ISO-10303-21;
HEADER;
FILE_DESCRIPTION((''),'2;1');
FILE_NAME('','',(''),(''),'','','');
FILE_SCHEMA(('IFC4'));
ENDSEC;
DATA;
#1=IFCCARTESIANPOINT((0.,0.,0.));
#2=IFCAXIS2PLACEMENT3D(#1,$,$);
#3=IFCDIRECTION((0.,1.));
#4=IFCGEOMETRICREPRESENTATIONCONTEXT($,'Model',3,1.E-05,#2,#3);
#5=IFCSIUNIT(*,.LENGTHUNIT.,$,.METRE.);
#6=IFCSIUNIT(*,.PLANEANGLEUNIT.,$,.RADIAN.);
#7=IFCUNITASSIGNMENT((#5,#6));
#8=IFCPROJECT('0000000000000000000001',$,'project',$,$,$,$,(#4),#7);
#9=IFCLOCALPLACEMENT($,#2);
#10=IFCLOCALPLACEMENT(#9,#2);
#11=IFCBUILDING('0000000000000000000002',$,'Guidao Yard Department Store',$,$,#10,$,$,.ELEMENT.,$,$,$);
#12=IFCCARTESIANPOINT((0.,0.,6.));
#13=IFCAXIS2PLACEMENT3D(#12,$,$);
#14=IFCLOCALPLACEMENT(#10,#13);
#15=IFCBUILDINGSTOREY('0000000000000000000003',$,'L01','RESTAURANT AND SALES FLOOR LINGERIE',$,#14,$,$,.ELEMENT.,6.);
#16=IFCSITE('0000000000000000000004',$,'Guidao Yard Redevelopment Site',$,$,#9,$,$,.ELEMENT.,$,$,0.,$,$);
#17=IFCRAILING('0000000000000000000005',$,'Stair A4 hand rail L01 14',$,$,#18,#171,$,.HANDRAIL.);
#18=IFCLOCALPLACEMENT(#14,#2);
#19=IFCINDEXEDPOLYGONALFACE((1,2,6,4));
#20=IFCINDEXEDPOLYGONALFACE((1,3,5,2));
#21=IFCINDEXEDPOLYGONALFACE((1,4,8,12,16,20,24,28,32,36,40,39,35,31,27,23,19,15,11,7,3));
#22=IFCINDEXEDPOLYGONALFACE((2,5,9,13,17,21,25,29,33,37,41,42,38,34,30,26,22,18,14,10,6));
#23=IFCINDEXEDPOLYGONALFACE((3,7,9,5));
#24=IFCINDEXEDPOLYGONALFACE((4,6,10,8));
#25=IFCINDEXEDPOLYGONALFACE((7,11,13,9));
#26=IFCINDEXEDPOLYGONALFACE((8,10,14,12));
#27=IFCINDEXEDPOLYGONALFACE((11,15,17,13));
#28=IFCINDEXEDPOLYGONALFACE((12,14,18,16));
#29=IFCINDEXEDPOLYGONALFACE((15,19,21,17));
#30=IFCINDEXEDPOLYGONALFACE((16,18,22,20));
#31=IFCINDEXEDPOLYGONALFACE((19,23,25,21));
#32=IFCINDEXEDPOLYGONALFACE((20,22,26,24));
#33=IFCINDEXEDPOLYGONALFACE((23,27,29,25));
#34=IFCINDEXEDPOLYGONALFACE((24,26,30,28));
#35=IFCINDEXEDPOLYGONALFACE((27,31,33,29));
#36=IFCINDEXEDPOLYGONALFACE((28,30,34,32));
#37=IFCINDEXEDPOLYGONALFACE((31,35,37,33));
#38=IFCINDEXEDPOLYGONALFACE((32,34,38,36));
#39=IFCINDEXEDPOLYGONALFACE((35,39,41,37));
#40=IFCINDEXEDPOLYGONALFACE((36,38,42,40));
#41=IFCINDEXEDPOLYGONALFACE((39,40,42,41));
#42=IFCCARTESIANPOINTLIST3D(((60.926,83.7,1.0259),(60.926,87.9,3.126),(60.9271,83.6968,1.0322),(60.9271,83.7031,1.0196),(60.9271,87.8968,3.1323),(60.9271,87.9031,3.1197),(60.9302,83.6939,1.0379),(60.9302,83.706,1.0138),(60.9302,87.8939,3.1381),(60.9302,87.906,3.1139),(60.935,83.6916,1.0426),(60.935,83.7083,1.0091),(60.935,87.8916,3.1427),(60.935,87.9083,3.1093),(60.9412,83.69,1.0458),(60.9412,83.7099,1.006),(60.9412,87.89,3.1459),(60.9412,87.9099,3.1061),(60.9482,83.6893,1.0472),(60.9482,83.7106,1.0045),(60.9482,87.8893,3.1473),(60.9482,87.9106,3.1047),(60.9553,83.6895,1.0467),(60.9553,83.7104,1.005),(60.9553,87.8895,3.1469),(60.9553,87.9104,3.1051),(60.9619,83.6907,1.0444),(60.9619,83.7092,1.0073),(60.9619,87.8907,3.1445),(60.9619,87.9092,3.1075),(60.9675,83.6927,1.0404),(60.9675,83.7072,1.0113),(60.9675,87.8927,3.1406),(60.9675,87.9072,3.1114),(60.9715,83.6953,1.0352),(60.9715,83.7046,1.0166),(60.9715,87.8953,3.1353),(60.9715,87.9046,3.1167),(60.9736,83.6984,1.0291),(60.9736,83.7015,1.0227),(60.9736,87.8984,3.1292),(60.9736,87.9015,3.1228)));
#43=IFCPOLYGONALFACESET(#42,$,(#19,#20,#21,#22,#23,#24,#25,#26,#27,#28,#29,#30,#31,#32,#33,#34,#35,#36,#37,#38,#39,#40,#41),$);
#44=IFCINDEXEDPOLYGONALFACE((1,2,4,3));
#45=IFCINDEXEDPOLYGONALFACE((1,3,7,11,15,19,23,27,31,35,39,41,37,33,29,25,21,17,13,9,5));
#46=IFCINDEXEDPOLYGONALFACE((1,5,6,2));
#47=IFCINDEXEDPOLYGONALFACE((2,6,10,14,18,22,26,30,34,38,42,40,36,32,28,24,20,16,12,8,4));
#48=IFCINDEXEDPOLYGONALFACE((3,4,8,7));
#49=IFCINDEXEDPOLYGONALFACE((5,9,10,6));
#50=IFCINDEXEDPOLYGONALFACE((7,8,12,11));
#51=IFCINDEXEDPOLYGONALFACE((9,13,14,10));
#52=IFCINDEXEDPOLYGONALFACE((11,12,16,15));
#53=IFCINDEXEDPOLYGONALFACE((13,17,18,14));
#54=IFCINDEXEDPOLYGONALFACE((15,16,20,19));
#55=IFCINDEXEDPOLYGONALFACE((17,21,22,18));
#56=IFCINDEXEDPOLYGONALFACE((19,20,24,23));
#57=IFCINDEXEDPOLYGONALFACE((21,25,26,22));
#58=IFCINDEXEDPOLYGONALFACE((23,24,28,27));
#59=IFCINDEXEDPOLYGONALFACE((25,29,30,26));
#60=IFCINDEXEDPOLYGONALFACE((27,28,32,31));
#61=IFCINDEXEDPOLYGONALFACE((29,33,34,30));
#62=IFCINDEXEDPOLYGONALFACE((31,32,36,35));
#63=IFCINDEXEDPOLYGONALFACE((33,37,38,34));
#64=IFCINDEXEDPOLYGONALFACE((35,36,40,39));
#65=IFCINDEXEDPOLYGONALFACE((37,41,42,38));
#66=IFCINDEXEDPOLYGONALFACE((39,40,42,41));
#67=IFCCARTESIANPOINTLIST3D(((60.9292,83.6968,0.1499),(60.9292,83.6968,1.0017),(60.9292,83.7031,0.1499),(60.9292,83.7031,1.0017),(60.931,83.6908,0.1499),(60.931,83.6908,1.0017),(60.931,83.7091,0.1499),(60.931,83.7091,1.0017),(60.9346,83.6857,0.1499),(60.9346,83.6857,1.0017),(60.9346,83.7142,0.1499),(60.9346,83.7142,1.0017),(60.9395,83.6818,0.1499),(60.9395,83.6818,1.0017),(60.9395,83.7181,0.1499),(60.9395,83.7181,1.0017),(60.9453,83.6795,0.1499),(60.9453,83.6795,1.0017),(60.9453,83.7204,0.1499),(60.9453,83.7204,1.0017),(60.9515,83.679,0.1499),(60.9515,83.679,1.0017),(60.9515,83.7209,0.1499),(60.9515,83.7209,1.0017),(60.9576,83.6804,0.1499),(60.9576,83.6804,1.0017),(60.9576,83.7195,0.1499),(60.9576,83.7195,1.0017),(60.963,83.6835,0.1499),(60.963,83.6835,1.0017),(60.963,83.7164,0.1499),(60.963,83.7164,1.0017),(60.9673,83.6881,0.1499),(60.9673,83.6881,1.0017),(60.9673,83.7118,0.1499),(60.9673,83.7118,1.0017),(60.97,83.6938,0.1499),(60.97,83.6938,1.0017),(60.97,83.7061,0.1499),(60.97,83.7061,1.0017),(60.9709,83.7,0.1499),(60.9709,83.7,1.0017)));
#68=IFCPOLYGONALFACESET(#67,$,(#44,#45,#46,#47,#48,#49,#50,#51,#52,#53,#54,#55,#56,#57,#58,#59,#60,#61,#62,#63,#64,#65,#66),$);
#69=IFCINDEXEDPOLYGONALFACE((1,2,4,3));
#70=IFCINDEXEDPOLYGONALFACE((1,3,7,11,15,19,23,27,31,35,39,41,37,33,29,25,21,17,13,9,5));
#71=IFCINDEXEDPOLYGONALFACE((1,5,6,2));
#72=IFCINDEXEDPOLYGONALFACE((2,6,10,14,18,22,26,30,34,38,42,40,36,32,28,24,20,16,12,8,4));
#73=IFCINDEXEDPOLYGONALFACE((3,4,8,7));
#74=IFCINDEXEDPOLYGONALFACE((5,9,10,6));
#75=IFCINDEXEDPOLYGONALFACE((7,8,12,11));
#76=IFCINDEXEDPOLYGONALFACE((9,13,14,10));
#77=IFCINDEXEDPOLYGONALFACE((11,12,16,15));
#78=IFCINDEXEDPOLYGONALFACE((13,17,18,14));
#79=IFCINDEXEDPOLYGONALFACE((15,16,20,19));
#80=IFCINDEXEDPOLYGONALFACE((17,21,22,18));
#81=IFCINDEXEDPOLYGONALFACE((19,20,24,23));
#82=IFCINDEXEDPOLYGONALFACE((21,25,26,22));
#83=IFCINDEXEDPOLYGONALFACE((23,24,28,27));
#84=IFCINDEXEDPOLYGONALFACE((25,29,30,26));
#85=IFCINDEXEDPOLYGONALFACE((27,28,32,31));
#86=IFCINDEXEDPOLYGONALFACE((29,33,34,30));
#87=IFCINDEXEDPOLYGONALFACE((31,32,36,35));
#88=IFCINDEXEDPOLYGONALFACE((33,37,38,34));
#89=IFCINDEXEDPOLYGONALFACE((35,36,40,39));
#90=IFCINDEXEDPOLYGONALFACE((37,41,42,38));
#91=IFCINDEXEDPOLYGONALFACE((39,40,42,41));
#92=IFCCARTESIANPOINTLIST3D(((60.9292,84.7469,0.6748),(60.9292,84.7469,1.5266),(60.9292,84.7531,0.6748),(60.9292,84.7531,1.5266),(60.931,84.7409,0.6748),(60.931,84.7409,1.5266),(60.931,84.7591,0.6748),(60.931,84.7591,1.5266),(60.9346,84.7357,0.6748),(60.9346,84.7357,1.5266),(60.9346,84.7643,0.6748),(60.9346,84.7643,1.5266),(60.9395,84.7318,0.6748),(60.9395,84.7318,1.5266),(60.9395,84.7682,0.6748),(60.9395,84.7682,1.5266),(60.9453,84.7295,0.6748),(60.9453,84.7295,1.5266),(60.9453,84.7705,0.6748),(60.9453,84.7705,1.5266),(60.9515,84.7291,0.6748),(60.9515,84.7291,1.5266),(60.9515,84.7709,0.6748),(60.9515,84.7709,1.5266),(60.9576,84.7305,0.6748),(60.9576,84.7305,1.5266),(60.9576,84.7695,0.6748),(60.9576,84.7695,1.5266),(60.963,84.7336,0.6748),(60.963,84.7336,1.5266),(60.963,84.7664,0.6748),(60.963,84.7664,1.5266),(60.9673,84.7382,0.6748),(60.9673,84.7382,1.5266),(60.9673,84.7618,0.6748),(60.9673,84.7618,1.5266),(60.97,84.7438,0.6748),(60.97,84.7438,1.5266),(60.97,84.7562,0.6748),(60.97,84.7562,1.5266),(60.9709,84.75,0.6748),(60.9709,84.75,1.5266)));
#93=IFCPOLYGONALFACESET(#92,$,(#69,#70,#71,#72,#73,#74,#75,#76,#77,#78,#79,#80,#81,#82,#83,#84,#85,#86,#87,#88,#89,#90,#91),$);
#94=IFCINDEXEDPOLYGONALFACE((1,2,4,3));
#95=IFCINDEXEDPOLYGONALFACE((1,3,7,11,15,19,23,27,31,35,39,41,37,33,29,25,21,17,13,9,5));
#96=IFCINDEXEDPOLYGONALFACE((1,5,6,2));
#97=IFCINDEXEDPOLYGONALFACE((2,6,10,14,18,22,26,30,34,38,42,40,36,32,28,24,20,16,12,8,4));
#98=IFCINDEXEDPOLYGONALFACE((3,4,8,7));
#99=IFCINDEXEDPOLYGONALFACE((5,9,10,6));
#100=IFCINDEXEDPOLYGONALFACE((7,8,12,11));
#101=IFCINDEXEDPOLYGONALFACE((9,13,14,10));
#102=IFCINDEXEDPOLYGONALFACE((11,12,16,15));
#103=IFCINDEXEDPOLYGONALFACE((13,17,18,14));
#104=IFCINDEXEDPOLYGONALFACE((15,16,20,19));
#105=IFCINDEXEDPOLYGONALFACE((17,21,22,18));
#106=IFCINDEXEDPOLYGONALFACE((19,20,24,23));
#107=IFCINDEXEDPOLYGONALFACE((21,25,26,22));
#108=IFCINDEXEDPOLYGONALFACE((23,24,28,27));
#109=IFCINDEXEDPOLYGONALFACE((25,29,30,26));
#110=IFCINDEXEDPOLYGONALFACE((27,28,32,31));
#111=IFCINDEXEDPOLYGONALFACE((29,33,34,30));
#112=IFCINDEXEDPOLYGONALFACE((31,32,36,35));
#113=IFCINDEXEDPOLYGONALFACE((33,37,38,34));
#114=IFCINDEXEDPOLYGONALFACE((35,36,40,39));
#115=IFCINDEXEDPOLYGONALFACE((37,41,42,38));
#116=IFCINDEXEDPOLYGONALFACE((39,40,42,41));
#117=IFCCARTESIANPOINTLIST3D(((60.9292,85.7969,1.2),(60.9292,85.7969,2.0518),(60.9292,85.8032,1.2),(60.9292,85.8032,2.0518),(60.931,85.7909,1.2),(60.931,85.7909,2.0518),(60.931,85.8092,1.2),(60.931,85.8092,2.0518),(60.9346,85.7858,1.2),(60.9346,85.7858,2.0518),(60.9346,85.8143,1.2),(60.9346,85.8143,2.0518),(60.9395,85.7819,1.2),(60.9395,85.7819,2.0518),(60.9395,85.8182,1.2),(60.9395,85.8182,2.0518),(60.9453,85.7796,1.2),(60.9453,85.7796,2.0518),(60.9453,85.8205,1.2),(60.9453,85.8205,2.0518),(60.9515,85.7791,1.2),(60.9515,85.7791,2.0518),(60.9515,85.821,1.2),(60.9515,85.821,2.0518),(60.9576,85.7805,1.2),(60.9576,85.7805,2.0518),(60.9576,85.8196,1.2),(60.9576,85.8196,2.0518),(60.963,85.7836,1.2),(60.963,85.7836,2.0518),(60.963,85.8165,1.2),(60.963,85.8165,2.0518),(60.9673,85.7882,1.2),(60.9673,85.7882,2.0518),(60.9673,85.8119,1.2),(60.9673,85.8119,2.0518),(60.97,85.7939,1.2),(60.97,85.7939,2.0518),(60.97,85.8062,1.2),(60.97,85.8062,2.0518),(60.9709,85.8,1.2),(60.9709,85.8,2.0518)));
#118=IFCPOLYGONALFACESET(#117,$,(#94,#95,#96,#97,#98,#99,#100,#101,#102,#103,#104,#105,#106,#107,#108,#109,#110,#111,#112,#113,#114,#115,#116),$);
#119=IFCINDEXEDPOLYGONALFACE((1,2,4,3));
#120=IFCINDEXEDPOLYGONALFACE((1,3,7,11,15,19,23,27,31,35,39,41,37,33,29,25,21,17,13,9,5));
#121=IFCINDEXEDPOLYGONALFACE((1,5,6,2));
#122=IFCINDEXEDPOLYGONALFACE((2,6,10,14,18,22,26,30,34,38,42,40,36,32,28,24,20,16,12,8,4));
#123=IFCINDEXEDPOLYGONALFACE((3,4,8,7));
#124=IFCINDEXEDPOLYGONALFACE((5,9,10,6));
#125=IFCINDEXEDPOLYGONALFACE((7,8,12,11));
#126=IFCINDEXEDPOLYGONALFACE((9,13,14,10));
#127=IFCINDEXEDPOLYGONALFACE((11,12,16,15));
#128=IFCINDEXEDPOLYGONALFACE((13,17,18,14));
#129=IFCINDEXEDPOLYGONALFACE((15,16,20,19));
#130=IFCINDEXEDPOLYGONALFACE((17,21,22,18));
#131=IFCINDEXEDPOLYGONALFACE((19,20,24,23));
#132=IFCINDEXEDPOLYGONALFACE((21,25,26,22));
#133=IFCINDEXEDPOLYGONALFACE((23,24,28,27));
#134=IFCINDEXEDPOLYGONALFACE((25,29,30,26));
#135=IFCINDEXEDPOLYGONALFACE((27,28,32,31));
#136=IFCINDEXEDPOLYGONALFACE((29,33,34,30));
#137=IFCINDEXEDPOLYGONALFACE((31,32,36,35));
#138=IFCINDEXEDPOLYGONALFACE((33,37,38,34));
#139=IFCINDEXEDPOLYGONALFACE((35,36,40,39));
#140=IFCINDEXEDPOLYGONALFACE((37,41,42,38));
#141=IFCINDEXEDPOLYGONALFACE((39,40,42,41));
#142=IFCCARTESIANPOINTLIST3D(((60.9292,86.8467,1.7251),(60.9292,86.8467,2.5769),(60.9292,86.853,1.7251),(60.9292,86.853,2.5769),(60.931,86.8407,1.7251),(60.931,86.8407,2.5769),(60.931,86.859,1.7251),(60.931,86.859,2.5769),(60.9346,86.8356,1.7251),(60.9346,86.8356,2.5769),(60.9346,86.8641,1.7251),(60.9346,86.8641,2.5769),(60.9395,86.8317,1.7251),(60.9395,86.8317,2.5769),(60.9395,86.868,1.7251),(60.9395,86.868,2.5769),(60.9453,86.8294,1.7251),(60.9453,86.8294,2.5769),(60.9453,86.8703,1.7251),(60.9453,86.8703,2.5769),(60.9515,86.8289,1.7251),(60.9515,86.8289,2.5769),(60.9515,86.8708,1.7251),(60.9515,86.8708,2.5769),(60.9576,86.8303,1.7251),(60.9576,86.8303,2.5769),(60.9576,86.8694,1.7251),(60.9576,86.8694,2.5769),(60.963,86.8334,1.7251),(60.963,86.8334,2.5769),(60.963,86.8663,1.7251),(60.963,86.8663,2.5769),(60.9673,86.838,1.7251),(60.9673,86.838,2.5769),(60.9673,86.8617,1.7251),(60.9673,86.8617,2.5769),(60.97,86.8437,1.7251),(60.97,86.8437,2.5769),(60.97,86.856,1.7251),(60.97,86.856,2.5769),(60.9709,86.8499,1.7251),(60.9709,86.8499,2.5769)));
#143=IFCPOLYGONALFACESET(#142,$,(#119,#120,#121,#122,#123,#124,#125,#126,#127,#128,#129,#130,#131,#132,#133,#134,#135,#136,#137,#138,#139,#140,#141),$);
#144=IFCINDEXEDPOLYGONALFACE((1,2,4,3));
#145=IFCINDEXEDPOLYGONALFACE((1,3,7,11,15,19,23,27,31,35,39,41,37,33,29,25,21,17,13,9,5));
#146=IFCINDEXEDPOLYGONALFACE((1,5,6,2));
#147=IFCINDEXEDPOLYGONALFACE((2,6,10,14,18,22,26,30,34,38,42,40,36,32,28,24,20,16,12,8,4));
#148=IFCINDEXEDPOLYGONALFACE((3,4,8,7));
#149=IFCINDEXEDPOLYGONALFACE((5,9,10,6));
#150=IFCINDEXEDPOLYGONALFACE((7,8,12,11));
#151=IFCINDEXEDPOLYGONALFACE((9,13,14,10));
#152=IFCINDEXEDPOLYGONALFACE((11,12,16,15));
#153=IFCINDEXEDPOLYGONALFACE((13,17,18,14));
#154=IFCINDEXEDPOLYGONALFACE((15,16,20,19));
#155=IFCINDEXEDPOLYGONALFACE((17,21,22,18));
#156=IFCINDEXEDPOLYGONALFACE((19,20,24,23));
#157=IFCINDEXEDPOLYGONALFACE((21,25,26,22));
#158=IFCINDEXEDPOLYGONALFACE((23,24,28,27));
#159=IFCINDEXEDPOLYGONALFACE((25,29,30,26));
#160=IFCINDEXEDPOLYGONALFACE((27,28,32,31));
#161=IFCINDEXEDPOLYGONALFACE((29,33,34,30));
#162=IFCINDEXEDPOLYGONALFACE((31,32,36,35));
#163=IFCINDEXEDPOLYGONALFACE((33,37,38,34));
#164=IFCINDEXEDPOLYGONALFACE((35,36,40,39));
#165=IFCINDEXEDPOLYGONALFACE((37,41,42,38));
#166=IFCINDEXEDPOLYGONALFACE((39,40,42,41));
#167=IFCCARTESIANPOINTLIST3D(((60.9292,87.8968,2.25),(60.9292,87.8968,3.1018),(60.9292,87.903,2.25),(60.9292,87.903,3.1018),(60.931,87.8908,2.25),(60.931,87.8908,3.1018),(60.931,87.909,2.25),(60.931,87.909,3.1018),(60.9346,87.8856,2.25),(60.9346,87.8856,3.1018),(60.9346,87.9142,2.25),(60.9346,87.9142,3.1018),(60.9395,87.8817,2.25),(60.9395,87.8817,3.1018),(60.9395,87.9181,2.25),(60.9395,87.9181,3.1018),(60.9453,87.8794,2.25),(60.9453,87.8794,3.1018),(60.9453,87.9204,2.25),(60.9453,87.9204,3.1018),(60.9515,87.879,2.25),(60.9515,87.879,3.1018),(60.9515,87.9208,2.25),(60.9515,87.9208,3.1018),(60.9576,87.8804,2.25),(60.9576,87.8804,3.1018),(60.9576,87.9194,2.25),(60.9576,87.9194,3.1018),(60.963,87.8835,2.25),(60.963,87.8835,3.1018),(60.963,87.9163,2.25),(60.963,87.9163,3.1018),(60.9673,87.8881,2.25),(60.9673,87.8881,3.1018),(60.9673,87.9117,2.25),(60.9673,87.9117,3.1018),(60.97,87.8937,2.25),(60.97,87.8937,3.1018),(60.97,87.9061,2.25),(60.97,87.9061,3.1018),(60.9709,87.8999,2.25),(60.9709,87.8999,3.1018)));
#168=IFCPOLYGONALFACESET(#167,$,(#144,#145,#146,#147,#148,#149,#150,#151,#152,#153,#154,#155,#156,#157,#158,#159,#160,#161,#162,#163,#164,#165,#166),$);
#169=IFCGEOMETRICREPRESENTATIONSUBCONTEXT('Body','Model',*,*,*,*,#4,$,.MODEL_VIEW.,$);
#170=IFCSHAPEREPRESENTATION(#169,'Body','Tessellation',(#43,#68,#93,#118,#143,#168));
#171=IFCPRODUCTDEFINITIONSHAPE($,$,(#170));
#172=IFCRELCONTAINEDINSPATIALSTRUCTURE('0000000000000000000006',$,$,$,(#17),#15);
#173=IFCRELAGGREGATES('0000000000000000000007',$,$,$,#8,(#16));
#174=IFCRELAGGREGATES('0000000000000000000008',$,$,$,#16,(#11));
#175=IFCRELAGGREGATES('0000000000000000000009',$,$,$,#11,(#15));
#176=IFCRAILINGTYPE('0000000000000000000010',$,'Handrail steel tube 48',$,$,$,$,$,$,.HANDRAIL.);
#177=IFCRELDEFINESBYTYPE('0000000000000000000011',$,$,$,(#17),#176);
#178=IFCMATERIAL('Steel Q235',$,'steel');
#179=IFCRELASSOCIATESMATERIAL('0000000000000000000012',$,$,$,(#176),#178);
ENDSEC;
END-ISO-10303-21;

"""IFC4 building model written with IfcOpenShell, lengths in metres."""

from ifc_helpers import new_model, si_unit, direction, frame, origin, origin_2d, place, context, subcontext, project, spatial, circle, extrude, material, type_object, element, save


model = new_model("IFC4")

# Units and contexts
model_context = context("Model", 3, precision=1e-05, world=origin(), true_north=direction((0.0, 1.0)))
body_context = subcontext(model_context, "Body", "Model", "MODEL_VIEW")
ifc_project = project(units=[si_unit("LENGTHUNIT", "METRE"), si_unit("PLANEANGLEUNIT", "RADIAN")], contexts=[model_context])

# Site, building, storey
site_placement = place(None, origin())
site = spatial("IfcSite", under=ifc_project, at=site_placement, Name="Guidao Yard Redevelopment Site", CompositionType="ELEMENT", RefElevation=0.0)
building_placement = place(site_placement, origin())
building = spatial("IfcBuilding", under=site, at=building_placement, Name="Guidao Yard Department Store", CompositionType="ELEMENT")
storey_placement = place(building_placement, frame((0.0, 0.0, 6.0)))
storey = spatial("IfcBuildingStorey", under=building, at=storey_placement, Name="L01", Description="RESTAURANT AND SALES FLOOR LINGERIE", CompositionType="ELEMENT", Elevation=6.0)

# Railing
ifc_material_1 = material(Name="Steel Q235", Category="steel")
railing_type_1 = type_object("IfcRailingType", Name="Handrail steel tube 48", PredefinedType="HANDRAIL", material=ifc_material_1)
for number, where, name in (
    (1, (60.95, 83.7, 0.1499), "Stair A4 hand rail L01 14"),
):
    element("IfcRailing", number, at=place(storey_placement, frame(where)), inside=storey, type_object=railing_type_1, Name=name, PredefinedType="HANDRAIL", context=body_context, shape_type="SweptSolid", body=[
        extrude(circle(Radius=0.0239, at=origin_2d()), frame((0.0, 0.0, 0.876), z_axis=(0.0, 0.894417, 0.447234), x_axis=(-1.0, 0.0, 0.0)), (0.0, 0.0, 1.0), 4.6958),
        extrude(circle(Radius=0.021, at=origin_2d()), origin(), (0.0, 0.0, 1.0), 0.8518),
        extrude(circle(Radius=0.021, at=origin_2d()), frame((0.0, 1.05, 0.5249)), (0.0, 0.0, 1.0), 0.8518),
        extrude(circle(Radius=0.021, at=origin_2d()), frame((0.0, 2.1001, 1.05)), (0.0, 0.0, 1.0), 0.8518),
        extrude(circle(Radius=0.021, at=origin_2d()), frame((0.0, 3.1499, 1.5752)), (0.0, 0.0, 1.0), 0.8518),
        extrude(circle(Radius=0.021, at=origin_2d()), frame((0.0, 4.2, 2.1001)), (0.0, 0.0, 1.0), 0.8518),
    ])

save(model, "model.ifc")
